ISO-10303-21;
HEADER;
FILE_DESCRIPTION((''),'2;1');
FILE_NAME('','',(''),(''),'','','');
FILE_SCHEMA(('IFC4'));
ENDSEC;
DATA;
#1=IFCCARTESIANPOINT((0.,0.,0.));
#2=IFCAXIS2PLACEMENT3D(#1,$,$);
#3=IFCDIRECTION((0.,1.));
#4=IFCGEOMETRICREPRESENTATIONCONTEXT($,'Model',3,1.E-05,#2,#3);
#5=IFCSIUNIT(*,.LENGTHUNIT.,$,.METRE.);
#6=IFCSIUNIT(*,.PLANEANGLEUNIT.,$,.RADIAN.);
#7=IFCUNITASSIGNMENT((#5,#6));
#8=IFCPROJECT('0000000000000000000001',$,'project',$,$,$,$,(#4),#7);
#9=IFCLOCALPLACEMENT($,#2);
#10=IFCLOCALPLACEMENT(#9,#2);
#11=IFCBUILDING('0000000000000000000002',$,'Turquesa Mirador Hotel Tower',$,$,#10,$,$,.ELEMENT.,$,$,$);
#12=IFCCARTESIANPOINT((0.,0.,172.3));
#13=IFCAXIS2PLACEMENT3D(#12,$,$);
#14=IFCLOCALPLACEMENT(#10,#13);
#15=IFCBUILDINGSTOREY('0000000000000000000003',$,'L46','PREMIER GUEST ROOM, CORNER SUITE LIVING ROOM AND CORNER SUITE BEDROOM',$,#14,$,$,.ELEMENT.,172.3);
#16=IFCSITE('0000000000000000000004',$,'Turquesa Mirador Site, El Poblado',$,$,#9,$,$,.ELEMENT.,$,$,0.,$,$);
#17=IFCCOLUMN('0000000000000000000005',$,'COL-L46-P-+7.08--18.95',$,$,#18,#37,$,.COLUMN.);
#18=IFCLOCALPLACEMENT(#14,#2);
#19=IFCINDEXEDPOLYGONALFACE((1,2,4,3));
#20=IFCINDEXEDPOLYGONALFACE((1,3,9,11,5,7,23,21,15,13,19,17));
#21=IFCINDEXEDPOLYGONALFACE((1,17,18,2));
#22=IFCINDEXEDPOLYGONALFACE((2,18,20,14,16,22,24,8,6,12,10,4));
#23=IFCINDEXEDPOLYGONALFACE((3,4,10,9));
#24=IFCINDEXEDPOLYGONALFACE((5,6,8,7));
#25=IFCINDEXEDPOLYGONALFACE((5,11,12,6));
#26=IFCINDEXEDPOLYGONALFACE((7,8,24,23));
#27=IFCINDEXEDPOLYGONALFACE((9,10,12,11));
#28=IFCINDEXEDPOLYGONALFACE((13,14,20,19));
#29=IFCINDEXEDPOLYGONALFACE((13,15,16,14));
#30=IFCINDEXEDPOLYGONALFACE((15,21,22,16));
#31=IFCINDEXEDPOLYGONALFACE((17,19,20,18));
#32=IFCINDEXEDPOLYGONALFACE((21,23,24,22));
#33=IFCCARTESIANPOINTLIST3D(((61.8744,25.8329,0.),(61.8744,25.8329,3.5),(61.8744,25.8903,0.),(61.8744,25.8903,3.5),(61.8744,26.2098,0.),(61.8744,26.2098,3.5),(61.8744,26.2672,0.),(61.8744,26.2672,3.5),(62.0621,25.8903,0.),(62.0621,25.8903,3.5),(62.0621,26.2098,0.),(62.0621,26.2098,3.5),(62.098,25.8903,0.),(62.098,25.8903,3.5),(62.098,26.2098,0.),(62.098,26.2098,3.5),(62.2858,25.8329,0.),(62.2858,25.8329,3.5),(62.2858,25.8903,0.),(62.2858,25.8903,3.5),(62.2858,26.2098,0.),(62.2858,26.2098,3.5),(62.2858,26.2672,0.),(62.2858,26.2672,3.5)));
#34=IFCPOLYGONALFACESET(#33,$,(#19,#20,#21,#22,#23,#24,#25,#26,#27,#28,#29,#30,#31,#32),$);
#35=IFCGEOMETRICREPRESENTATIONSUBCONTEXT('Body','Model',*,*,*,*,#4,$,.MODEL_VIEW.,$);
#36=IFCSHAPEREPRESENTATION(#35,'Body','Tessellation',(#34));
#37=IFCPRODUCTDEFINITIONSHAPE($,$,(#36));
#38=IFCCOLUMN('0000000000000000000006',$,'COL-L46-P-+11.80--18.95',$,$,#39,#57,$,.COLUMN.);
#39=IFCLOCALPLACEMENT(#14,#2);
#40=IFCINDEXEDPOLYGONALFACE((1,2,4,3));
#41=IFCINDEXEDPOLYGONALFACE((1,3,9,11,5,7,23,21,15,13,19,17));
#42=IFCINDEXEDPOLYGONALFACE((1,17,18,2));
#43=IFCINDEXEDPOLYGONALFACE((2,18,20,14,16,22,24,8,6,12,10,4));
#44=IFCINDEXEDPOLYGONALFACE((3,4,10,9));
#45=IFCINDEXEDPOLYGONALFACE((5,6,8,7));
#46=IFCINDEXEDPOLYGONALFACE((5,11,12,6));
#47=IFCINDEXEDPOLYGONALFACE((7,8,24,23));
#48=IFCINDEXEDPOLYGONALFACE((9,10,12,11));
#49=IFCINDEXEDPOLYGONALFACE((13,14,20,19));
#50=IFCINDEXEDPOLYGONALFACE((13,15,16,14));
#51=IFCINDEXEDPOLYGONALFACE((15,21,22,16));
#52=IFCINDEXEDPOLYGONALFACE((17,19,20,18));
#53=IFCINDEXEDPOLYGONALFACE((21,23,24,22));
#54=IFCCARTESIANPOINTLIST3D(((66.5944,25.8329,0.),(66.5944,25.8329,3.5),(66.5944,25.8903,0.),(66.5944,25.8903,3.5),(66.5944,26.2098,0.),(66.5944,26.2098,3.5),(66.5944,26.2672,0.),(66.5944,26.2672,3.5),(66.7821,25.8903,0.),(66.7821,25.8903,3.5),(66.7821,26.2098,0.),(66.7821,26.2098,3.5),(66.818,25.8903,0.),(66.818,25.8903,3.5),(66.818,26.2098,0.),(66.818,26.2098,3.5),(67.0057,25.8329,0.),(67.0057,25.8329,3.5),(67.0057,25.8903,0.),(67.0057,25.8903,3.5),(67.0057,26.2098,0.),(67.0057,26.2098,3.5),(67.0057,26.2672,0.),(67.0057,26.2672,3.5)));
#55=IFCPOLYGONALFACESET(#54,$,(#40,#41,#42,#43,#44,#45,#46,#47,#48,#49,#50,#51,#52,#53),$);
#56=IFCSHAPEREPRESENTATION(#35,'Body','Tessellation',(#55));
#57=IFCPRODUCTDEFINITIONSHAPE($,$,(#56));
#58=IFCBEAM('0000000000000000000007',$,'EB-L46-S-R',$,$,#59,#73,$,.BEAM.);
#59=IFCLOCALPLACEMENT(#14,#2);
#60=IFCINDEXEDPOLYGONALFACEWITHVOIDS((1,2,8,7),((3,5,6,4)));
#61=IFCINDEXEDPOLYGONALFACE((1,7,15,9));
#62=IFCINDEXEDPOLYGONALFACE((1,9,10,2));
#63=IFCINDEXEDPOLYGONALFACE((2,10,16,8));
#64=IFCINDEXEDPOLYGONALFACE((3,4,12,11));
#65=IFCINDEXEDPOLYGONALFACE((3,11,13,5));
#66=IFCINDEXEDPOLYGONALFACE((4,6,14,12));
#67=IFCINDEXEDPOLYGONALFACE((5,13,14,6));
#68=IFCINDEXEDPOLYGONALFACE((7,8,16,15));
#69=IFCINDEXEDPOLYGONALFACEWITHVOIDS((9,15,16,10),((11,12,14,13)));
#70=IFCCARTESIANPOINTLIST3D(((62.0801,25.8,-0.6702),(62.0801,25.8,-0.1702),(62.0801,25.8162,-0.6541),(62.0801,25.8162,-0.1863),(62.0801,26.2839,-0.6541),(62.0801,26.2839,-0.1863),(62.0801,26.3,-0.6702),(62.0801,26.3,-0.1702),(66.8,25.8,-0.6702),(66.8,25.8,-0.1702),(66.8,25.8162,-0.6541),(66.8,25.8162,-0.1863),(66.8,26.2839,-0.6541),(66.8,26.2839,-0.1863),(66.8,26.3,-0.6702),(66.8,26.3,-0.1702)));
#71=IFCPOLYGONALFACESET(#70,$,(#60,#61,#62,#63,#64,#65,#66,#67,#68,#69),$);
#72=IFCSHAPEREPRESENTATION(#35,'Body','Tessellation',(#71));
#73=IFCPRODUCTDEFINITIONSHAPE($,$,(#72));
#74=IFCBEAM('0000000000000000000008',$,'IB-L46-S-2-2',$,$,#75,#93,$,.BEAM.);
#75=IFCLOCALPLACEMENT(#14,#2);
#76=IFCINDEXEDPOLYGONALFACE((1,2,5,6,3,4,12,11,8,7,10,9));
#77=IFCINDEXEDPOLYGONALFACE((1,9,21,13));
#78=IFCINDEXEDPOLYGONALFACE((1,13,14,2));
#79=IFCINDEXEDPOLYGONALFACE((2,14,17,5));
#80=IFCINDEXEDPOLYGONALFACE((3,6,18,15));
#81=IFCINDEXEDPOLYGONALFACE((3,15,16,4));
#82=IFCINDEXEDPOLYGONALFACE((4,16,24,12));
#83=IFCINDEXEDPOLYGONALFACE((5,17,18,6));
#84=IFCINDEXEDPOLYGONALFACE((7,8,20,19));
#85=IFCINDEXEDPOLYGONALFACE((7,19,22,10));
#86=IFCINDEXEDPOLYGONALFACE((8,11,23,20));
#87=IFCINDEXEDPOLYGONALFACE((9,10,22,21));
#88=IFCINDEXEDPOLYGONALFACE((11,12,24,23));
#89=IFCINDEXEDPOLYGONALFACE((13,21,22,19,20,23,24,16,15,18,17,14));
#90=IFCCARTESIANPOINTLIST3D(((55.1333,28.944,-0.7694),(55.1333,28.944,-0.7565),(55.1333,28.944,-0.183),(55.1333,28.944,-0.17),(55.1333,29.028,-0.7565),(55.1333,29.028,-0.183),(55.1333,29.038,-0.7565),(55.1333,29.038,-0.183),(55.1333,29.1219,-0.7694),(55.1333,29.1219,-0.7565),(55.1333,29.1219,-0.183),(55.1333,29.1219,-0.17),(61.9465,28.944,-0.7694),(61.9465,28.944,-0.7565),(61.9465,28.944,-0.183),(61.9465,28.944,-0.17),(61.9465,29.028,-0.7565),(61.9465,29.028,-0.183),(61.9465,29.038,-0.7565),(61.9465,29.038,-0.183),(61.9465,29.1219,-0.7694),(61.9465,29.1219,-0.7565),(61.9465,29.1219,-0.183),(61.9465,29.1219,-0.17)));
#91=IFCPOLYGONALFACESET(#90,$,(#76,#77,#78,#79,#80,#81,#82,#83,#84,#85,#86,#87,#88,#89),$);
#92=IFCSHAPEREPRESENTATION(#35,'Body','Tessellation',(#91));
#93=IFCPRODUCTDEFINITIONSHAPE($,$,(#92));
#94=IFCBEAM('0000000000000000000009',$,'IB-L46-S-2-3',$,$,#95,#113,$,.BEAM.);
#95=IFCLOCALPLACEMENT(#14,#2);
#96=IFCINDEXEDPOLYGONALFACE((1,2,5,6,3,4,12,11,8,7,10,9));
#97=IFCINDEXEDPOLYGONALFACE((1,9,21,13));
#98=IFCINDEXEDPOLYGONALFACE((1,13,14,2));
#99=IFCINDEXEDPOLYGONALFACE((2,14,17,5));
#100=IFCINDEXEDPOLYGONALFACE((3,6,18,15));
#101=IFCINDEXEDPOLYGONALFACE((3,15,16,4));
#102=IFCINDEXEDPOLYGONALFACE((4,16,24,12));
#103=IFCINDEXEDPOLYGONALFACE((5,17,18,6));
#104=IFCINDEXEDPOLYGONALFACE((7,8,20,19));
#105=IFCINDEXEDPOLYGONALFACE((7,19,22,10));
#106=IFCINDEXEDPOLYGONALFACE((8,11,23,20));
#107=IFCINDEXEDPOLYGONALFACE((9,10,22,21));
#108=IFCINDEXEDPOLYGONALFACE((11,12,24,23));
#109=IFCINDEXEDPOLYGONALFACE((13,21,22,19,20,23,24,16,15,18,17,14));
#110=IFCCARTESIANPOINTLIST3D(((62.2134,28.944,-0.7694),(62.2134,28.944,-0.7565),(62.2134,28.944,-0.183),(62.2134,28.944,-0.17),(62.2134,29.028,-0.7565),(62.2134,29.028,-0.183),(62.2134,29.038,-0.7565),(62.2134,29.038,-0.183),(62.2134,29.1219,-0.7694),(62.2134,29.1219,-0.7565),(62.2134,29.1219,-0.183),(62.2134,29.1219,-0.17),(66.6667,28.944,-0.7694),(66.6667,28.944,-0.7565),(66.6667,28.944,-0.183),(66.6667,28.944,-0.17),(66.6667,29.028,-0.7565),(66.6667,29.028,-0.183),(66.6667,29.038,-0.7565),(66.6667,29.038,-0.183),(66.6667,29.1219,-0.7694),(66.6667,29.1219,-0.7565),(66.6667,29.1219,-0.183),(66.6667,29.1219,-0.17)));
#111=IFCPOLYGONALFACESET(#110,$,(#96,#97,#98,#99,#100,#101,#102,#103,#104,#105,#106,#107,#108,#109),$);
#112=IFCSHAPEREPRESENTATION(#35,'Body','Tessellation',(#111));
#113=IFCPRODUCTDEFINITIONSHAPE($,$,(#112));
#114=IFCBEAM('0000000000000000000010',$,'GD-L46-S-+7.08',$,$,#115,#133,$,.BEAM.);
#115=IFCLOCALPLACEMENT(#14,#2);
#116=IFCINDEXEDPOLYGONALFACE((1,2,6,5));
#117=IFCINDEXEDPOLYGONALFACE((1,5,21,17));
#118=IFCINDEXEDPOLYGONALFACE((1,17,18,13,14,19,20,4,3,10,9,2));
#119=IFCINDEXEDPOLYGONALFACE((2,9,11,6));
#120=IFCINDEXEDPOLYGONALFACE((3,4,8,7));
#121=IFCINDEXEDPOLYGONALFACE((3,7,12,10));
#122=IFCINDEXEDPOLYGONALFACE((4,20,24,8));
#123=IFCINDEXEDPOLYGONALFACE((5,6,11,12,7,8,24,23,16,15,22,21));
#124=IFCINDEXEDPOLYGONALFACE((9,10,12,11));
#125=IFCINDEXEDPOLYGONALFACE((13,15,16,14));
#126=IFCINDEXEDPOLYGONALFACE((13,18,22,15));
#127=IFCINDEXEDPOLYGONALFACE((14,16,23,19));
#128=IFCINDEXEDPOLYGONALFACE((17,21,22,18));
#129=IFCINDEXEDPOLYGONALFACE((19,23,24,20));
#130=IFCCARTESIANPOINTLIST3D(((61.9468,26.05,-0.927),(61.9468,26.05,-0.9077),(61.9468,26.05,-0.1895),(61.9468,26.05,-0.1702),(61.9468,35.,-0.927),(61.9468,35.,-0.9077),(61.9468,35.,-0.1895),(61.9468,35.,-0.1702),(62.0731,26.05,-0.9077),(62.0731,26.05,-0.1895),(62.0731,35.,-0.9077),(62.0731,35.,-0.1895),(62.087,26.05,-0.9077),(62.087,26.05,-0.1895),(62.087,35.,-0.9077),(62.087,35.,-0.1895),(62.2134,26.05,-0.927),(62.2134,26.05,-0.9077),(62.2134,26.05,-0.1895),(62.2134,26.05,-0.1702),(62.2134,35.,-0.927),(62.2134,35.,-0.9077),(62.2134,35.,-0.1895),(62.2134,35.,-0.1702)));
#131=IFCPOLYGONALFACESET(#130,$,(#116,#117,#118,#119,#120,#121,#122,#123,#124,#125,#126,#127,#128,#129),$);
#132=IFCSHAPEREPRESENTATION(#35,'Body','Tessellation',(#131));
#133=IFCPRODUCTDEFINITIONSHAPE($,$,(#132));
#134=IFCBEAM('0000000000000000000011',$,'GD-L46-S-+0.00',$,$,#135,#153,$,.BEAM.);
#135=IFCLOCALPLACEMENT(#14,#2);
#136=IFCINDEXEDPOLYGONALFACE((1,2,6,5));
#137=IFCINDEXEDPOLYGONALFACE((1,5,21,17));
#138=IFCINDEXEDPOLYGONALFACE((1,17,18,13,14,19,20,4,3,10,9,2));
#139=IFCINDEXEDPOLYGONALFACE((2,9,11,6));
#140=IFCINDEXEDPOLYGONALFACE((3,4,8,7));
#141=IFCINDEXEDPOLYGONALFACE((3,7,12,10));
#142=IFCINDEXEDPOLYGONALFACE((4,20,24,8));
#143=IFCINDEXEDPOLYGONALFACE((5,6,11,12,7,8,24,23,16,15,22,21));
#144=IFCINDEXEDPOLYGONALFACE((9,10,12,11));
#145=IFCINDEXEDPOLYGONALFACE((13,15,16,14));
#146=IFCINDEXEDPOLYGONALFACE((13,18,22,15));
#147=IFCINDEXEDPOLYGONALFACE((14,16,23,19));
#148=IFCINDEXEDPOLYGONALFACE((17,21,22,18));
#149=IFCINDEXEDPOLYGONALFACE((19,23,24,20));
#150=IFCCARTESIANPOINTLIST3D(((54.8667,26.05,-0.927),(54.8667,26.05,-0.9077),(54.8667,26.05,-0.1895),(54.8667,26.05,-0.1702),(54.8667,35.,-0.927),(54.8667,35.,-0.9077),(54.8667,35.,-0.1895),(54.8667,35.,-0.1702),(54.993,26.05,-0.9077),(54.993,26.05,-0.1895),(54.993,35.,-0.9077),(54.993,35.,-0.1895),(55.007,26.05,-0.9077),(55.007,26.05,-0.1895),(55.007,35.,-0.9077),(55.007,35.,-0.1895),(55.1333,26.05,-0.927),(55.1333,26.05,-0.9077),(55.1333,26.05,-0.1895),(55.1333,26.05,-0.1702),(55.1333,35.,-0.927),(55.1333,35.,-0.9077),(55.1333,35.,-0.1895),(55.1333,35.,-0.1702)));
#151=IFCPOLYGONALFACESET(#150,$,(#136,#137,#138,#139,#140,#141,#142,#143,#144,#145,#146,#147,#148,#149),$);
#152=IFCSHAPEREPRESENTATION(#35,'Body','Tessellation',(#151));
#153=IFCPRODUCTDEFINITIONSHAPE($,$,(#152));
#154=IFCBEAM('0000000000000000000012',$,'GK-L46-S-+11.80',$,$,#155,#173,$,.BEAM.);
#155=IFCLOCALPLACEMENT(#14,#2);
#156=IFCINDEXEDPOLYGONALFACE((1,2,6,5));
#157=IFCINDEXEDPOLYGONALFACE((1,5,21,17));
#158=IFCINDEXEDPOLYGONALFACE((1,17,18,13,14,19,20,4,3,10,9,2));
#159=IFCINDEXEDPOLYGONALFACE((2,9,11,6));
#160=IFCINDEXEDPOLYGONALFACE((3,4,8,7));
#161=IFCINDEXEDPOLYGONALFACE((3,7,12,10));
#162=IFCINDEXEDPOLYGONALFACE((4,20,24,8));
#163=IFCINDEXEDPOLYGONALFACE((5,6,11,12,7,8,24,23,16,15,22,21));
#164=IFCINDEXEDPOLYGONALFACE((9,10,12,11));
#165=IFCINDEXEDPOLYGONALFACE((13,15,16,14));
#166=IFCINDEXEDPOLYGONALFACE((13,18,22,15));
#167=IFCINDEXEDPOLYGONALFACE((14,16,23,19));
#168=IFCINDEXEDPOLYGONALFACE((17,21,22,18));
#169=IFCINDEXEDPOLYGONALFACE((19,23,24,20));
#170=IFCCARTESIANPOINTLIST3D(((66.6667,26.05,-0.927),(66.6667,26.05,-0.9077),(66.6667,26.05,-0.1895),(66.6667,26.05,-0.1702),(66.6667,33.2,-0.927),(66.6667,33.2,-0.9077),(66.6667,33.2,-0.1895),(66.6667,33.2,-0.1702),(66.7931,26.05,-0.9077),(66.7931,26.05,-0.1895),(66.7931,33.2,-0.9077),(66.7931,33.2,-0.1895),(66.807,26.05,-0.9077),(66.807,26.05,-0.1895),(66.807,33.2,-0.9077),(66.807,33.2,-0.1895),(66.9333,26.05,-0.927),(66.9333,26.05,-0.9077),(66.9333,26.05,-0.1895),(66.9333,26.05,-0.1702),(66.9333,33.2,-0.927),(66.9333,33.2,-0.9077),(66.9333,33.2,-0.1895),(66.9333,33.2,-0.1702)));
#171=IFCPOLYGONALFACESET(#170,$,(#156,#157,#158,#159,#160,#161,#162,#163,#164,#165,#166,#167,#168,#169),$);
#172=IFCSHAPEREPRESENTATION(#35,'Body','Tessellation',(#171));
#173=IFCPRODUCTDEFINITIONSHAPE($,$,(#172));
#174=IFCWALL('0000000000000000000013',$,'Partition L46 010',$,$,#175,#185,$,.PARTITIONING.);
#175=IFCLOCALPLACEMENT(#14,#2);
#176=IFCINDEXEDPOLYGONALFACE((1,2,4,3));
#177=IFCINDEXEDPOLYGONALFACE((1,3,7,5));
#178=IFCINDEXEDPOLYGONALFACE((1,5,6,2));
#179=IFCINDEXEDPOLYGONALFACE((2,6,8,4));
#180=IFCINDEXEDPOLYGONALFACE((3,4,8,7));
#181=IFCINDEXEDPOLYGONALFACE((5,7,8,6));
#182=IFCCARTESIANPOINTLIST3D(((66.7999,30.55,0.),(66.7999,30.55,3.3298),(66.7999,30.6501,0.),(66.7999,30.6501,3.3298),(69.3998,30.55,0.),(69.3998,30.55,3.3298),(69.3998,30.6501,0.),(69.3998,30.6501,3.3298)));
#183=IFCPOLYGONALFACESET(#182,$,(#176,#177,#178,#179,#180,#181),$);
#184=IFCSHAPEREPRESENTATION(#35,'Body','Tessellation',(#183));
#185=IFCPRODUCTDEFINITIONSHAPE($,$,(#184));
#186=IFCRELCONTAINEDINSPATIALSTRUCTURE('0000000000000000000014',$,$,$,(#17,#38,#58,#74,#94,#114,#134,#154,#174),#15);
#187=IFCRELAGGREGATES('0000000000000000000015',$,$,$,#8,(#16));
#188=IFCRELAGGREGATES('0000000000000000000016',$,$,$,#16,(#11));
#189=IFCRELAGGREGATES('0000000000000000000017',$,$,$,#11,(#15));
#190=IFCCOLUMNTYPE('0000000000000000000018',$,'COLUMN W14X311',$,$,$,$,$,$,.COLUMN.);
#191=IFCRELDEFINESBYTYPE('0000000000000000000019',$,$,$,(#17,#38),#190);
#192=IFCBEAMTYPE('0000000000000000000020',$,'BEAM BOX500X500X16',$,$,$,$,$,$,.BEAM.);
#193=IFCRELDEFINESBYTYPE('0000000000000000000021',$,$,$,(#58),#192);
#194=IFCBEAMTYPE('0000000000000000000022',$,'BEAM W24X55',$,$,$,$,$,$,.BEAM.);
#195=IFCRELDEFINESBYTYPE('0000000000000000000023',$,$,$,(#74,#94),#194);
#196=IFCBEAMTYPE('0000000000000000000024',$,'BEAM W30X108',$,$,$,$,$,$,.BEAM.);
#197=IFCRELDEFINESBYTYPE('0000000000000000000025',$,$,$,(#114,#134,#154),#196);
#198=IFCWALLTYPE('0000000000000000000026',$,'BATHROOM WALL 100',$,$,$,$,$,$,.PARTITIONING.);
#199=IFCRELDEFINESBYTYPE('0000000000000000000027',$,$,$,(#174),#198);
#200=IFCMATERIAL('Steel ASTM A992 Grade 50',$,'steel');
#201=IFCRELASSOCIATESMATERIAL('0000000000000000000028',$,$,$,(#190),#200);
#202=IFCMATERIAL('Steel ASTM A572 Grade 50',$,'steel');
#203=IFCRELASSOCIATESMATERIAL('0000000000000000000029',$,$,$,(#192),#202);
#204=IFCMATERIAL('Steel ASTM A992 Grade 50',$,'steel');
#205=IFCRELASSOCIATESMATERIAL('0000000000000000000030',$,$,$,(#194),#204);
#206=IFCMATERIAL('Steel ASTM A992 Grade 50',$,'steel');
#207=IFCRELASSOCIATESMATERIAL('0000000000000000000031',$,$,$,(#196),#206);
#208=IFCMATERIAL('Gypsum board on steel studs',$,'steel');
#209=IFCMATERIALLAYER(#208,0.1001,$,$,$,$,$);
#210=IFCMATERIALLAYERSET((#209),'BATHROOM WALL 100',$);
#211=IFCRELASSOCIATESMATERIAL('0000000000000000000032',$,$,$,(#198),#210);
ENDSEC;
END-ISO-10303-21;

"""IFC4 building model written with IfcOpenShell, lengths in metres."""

from ifc_helpers import new_model, si_unit, direction, frame, frame_2d, origin, origin_2d, place, context, subcontext, project, spatial, rectangle, hollow_rectangle, i_section, extrude, material, layer, layer_set, material_profile, profile_set, type_object, element, save


model = new_model("IFC4")

# Units and contexts
model_context = context("Model", 3, precision=1e-05, world=origin(), true_north=direction((0.0, 1.0)))
body_context = subcontext(model_context, "Body", "Model", "MODEL_VIEW")
ifc_project = project(units=[si_unit("LENGTHUNIT", "METRE"), si_unit("PLANEANGLEUNIT", "RADIAN")], contexts=[model_context])

# Site, building, storey
site_placement = place(None, origin())
site = spatial("IfcSite", under=ifc_project, at=site_placement, Name="Turquesa Mirador Site, El Poblado", CompositionType="ELEMENT", RefElevation=0.0)
building_placement = place(site_placement, origin())
building = spatial("IfcBuilding", under=site, at=building_placement, Name="Turquesa Mirador Hotel Tower", CompositionType="ELEMENT")
storey_placement = place(building_placement, frame((0.0, 0.0, 172.3)))
storey = spatial("IfcBuildingStorey", under=building, at=storey_placement, Name="L46", Description="PREMIER GUEST ROOM, CORNER SUITE LIVING ROOM AND CORNER SUITE BEDROOM", CompositionType="ELEMENT", Elevation=172.3)

# Columns
ifc_material_1 = material(Name="Steel ASTM A992 Grade 50", Category="steel")
ifc_material_profile_1 = material_profile(ifc_material_1, i_section(OverallWidth=0.4114, OverallDepth=0.4343, WebThickness=0.0359, FlangeThickness=0.0574, at=origin_2d()), Name="W14X311")
ifc_profile_set_1 = profile_set([ifc_material_profile_1], Name="Steel ASTM A992 Grade 50")
column_type = type_object("IfcColumnType", Name="COLUMN W14X311", PredefinedType="COLUMN", material=ifc_profile_set_1)
for number, where, z_axis, x_axis, name in (
    (1, (62.0801, 26.05, 0.0), (0.0, 0.0, 1.0), (1.0, 0.0, 0.0), "COL-L46-P-+7.08--18.95"),
    (2, (66.8, 26.05, 0.0), (0.0, 0.0, 1.0), (1.0, 0.0, 0.0), "COL-L46-P-+11.80--18.95"),
):
    element("IfcColumn", number, at=place(storey_placement, frame(where, z_axis=z_axis, x_axis=x_axis)), inside=storey, type_object=column_type, Name=name, PredefinedType="COLUMN", context=body_context, shape_type="SweptSolid", body=[
        extrude(i_section(OverallWidth=0.4114, OverallDepth=0.4343, WebThickness=0.0359, FlangeThickness=0.0574, at=origin_2d()), origin(), (0.0, 0.0, 1.0), 3.5),
    ])

# Beams
ifc_material_2 = material(Name="Steel ASTM A572 Grade 50", Category="steel")
ifc_material_profile_2 = material_profile(ifc_material_2, hollow_rectangle(XDim=0.5, YDim=0.5, WallThickness=0.0161, at=origin_2d()), Name="BOX500X500X16")
ifc_profile_set_2 = profile_set([ifc_material_profile_2], Name="Steel ASTM A572 Grade 50")
beam_type_1 = type_object("IfcBeamType", Name="BEAM BOX500X500X16", PredefinedType="BEAM", material=ifc_profile_set_2)
beam_1_placement = place(storey_placement, frame((62.0801, 26.05, -0.4202), z_axis=(1.0, 0.0, 0.0), x_axis=(0.0, 1.0, 0.0)))
element("IfcBeam", 3, at=beam_1_placement, inside=storey, type_object=beam_type_1, Name="EB-L46-S-R", PredefinedType="BEAM", context=body_context, shape_type="SweptSolid", body=[
    extrude(hollow_rectangle(XDim=0.5, YDim=0.5, WallThickness=0.0161, at=origin_2d()), origin(), (0.0, 0.0, 1.0), 4.72),
])
ifc_material_3 = material(Name="Steel ASTM A992 Grade 50", Category="steel")
ifc_material_profile_3 = material_profile(ifc_material_3, i_section(OverallWidth=0.178, OverallDepth=0.5994, WebThickness=0.01, FlangeThickness=0.0129, at=origin_2d()), Name="W24X55")
ifc_profile_set_3 = profile_set([ifc_material_profile_3], Name="Steel ASTM A992 Grade 50")
beam_type_2 = type_object("IfcBeamType", Name="BEAM W24X55", PredefinedType="BEAM", material=ifc_profile_set_3)
beam_2_placement = place(storey_placement, frame((55.1333, 29.033, -0.4697), z_axis=(1.0, 0.0, 0.0), x_axis=(0.0, 1.0, 0.0)))
element("IfcBeam", 4, at=beam_2_placement, inside=storey, type_object=beam_type_2, Name="IB-L46-S-2-2", PredefinedType="BEAM", context=body_context, shape_type="SweptSolid", body=[
    extrude(i_section(OverallWidth=0.178, OverallDepth=0.5994, WebThickness=0.01, FlangeThickness=0.0129, at=origin_2d()), origin(), (0.0, 0.0, 1.0), 6.8132),
])
beam_3_placement = place(storey_placement, frame((62.2134, 29.033, -0.4697), z_axis=(1.0, 0.0, 0.0), x_axis=(0.0, 1.0, 0.0)))
element("IfcBeam", 5, at=beam_3_placement, inside=storey, type_object=beam_type_2, Name="IB-L46-S-2-3", PredefinedType="BEAM", context=body_context, shape_type="SweptSolid", body=[
    extrude(i_section(OverallWidth=0.178, OverallDepth=0.5994, WebThickness=0.01, FlangeThickness=0.0129, at=origin_2d()), origin(), (0.0, 0.0, 1.0), 4.4534),
])
ifc_material_4 = material(Name="Steel ASTM A992 Grade 50", Category="steel")
ifc_material_profile_4 = material_profile(ifc_material_4, i_section(OverallWidth=0.2666, OverallDepth=0.7568, WebThickness=0.0139, FlangeThickness=0.0193, at=origin_2d()), Name="W30X108")
ifc_profile_set_4 = profile_set([ifc_material_profile_4], Name="Steel ASTM A992 Grade 50")
beam_type_3 = type_object("IfcBeamType", Name="BEAM W30X108", PredefinedType="BEAM", material=ifc_profile_set_4)
for number, where, z_axis, x_axis, name in (
    (6, (62.0801, 26.05, -0.5486), (0.0, 1.0, 0.0), (-1.0, 0.0, 0.0), "GD-L46-S-+7.08"),
    (7, (55.0, 26.05, -0.5486), (0.0, 1.0, 0.0), (-1.0, 0.0, 0.0), "GD-L46-S-+0.00"),
):
    element("IfcBeam", number, at=place(storey_placement, frame(where, z_axis=z_axis, x_axis=x_axis)), inside=storey, type_object=beam_type_3, Name=name, PredefinedType="BEAM", context=body_context, shape_type="SweptSolid", body=[
        extrude(i_section(OverallWidth=0.2666, OverallDepth=0.7568, WebThickness=0.0139, FlangeThickness=0.0193, at=origin_2d()), origin(), (0.0, 0.0, 1.0), 8.95),
    ])
beam_4_placement = place(storey_placement, frame((66.8, 26.05, -0.5486), z_axis=(0.0, 1.0, 0.0), x_axis=(-1.0, 0.0, 0.0)))
element("IfcBeam", 8, at=beam_4_placement, inside=storey, type_object=beam_type_3, Name="GK-L46-S-+11.80", PredefinedType="BEAM", context=body_context, shape_type="SweptSolid", body=[
    extrude(i_section(OverallWidth=0.2666, OverallDepth=0.7568, WebThickness=0.0139, FlangeThickness=0.0193, at=origin_2d()), origin(), (0.0, 0.0, 1.0), 7.1499),
])

# Wall
ifc_material_5 = material(Name="Gypsum board on steel studs", Category="steel")
ifc_layer_1 = layer(ifc_material_5, 0.1001)
ifc_layer_set_1 = layer_set([ifc_layer_1], Name="BATHROOM WALL 100")
wall_type_1 = type_object("IfcWallType", Name="BATHROOM WALL 100", PredefinedType="PARTITIONING", material=ifc_layer_set_1)
for number, where, z_axis, x_axis, name in (
    (9, (66.8, 30.6001, 0.0), (0.0, 0.0, 1.0), (1.0, 0.0, 0.0), "Partition L46 010"),
):
    element("IfcWall", number, at=place(storey_placement, frame(where, z_axis=z_axis, x_axis=x_axis)), inside=storey, type_object=wall_type_1, Name=name, PredefinedType="PARTITIONING", context=body_context, shape_type="SweptSolid", body=[
        extrude(rectangle(XDim=2.5999, YDim=0.1001, at=frame_2d((1.2998, 0.0))), origin(), (0.0, 0.0, 1.0), 3.3298),
    ])

save(model, "model.ifc")
